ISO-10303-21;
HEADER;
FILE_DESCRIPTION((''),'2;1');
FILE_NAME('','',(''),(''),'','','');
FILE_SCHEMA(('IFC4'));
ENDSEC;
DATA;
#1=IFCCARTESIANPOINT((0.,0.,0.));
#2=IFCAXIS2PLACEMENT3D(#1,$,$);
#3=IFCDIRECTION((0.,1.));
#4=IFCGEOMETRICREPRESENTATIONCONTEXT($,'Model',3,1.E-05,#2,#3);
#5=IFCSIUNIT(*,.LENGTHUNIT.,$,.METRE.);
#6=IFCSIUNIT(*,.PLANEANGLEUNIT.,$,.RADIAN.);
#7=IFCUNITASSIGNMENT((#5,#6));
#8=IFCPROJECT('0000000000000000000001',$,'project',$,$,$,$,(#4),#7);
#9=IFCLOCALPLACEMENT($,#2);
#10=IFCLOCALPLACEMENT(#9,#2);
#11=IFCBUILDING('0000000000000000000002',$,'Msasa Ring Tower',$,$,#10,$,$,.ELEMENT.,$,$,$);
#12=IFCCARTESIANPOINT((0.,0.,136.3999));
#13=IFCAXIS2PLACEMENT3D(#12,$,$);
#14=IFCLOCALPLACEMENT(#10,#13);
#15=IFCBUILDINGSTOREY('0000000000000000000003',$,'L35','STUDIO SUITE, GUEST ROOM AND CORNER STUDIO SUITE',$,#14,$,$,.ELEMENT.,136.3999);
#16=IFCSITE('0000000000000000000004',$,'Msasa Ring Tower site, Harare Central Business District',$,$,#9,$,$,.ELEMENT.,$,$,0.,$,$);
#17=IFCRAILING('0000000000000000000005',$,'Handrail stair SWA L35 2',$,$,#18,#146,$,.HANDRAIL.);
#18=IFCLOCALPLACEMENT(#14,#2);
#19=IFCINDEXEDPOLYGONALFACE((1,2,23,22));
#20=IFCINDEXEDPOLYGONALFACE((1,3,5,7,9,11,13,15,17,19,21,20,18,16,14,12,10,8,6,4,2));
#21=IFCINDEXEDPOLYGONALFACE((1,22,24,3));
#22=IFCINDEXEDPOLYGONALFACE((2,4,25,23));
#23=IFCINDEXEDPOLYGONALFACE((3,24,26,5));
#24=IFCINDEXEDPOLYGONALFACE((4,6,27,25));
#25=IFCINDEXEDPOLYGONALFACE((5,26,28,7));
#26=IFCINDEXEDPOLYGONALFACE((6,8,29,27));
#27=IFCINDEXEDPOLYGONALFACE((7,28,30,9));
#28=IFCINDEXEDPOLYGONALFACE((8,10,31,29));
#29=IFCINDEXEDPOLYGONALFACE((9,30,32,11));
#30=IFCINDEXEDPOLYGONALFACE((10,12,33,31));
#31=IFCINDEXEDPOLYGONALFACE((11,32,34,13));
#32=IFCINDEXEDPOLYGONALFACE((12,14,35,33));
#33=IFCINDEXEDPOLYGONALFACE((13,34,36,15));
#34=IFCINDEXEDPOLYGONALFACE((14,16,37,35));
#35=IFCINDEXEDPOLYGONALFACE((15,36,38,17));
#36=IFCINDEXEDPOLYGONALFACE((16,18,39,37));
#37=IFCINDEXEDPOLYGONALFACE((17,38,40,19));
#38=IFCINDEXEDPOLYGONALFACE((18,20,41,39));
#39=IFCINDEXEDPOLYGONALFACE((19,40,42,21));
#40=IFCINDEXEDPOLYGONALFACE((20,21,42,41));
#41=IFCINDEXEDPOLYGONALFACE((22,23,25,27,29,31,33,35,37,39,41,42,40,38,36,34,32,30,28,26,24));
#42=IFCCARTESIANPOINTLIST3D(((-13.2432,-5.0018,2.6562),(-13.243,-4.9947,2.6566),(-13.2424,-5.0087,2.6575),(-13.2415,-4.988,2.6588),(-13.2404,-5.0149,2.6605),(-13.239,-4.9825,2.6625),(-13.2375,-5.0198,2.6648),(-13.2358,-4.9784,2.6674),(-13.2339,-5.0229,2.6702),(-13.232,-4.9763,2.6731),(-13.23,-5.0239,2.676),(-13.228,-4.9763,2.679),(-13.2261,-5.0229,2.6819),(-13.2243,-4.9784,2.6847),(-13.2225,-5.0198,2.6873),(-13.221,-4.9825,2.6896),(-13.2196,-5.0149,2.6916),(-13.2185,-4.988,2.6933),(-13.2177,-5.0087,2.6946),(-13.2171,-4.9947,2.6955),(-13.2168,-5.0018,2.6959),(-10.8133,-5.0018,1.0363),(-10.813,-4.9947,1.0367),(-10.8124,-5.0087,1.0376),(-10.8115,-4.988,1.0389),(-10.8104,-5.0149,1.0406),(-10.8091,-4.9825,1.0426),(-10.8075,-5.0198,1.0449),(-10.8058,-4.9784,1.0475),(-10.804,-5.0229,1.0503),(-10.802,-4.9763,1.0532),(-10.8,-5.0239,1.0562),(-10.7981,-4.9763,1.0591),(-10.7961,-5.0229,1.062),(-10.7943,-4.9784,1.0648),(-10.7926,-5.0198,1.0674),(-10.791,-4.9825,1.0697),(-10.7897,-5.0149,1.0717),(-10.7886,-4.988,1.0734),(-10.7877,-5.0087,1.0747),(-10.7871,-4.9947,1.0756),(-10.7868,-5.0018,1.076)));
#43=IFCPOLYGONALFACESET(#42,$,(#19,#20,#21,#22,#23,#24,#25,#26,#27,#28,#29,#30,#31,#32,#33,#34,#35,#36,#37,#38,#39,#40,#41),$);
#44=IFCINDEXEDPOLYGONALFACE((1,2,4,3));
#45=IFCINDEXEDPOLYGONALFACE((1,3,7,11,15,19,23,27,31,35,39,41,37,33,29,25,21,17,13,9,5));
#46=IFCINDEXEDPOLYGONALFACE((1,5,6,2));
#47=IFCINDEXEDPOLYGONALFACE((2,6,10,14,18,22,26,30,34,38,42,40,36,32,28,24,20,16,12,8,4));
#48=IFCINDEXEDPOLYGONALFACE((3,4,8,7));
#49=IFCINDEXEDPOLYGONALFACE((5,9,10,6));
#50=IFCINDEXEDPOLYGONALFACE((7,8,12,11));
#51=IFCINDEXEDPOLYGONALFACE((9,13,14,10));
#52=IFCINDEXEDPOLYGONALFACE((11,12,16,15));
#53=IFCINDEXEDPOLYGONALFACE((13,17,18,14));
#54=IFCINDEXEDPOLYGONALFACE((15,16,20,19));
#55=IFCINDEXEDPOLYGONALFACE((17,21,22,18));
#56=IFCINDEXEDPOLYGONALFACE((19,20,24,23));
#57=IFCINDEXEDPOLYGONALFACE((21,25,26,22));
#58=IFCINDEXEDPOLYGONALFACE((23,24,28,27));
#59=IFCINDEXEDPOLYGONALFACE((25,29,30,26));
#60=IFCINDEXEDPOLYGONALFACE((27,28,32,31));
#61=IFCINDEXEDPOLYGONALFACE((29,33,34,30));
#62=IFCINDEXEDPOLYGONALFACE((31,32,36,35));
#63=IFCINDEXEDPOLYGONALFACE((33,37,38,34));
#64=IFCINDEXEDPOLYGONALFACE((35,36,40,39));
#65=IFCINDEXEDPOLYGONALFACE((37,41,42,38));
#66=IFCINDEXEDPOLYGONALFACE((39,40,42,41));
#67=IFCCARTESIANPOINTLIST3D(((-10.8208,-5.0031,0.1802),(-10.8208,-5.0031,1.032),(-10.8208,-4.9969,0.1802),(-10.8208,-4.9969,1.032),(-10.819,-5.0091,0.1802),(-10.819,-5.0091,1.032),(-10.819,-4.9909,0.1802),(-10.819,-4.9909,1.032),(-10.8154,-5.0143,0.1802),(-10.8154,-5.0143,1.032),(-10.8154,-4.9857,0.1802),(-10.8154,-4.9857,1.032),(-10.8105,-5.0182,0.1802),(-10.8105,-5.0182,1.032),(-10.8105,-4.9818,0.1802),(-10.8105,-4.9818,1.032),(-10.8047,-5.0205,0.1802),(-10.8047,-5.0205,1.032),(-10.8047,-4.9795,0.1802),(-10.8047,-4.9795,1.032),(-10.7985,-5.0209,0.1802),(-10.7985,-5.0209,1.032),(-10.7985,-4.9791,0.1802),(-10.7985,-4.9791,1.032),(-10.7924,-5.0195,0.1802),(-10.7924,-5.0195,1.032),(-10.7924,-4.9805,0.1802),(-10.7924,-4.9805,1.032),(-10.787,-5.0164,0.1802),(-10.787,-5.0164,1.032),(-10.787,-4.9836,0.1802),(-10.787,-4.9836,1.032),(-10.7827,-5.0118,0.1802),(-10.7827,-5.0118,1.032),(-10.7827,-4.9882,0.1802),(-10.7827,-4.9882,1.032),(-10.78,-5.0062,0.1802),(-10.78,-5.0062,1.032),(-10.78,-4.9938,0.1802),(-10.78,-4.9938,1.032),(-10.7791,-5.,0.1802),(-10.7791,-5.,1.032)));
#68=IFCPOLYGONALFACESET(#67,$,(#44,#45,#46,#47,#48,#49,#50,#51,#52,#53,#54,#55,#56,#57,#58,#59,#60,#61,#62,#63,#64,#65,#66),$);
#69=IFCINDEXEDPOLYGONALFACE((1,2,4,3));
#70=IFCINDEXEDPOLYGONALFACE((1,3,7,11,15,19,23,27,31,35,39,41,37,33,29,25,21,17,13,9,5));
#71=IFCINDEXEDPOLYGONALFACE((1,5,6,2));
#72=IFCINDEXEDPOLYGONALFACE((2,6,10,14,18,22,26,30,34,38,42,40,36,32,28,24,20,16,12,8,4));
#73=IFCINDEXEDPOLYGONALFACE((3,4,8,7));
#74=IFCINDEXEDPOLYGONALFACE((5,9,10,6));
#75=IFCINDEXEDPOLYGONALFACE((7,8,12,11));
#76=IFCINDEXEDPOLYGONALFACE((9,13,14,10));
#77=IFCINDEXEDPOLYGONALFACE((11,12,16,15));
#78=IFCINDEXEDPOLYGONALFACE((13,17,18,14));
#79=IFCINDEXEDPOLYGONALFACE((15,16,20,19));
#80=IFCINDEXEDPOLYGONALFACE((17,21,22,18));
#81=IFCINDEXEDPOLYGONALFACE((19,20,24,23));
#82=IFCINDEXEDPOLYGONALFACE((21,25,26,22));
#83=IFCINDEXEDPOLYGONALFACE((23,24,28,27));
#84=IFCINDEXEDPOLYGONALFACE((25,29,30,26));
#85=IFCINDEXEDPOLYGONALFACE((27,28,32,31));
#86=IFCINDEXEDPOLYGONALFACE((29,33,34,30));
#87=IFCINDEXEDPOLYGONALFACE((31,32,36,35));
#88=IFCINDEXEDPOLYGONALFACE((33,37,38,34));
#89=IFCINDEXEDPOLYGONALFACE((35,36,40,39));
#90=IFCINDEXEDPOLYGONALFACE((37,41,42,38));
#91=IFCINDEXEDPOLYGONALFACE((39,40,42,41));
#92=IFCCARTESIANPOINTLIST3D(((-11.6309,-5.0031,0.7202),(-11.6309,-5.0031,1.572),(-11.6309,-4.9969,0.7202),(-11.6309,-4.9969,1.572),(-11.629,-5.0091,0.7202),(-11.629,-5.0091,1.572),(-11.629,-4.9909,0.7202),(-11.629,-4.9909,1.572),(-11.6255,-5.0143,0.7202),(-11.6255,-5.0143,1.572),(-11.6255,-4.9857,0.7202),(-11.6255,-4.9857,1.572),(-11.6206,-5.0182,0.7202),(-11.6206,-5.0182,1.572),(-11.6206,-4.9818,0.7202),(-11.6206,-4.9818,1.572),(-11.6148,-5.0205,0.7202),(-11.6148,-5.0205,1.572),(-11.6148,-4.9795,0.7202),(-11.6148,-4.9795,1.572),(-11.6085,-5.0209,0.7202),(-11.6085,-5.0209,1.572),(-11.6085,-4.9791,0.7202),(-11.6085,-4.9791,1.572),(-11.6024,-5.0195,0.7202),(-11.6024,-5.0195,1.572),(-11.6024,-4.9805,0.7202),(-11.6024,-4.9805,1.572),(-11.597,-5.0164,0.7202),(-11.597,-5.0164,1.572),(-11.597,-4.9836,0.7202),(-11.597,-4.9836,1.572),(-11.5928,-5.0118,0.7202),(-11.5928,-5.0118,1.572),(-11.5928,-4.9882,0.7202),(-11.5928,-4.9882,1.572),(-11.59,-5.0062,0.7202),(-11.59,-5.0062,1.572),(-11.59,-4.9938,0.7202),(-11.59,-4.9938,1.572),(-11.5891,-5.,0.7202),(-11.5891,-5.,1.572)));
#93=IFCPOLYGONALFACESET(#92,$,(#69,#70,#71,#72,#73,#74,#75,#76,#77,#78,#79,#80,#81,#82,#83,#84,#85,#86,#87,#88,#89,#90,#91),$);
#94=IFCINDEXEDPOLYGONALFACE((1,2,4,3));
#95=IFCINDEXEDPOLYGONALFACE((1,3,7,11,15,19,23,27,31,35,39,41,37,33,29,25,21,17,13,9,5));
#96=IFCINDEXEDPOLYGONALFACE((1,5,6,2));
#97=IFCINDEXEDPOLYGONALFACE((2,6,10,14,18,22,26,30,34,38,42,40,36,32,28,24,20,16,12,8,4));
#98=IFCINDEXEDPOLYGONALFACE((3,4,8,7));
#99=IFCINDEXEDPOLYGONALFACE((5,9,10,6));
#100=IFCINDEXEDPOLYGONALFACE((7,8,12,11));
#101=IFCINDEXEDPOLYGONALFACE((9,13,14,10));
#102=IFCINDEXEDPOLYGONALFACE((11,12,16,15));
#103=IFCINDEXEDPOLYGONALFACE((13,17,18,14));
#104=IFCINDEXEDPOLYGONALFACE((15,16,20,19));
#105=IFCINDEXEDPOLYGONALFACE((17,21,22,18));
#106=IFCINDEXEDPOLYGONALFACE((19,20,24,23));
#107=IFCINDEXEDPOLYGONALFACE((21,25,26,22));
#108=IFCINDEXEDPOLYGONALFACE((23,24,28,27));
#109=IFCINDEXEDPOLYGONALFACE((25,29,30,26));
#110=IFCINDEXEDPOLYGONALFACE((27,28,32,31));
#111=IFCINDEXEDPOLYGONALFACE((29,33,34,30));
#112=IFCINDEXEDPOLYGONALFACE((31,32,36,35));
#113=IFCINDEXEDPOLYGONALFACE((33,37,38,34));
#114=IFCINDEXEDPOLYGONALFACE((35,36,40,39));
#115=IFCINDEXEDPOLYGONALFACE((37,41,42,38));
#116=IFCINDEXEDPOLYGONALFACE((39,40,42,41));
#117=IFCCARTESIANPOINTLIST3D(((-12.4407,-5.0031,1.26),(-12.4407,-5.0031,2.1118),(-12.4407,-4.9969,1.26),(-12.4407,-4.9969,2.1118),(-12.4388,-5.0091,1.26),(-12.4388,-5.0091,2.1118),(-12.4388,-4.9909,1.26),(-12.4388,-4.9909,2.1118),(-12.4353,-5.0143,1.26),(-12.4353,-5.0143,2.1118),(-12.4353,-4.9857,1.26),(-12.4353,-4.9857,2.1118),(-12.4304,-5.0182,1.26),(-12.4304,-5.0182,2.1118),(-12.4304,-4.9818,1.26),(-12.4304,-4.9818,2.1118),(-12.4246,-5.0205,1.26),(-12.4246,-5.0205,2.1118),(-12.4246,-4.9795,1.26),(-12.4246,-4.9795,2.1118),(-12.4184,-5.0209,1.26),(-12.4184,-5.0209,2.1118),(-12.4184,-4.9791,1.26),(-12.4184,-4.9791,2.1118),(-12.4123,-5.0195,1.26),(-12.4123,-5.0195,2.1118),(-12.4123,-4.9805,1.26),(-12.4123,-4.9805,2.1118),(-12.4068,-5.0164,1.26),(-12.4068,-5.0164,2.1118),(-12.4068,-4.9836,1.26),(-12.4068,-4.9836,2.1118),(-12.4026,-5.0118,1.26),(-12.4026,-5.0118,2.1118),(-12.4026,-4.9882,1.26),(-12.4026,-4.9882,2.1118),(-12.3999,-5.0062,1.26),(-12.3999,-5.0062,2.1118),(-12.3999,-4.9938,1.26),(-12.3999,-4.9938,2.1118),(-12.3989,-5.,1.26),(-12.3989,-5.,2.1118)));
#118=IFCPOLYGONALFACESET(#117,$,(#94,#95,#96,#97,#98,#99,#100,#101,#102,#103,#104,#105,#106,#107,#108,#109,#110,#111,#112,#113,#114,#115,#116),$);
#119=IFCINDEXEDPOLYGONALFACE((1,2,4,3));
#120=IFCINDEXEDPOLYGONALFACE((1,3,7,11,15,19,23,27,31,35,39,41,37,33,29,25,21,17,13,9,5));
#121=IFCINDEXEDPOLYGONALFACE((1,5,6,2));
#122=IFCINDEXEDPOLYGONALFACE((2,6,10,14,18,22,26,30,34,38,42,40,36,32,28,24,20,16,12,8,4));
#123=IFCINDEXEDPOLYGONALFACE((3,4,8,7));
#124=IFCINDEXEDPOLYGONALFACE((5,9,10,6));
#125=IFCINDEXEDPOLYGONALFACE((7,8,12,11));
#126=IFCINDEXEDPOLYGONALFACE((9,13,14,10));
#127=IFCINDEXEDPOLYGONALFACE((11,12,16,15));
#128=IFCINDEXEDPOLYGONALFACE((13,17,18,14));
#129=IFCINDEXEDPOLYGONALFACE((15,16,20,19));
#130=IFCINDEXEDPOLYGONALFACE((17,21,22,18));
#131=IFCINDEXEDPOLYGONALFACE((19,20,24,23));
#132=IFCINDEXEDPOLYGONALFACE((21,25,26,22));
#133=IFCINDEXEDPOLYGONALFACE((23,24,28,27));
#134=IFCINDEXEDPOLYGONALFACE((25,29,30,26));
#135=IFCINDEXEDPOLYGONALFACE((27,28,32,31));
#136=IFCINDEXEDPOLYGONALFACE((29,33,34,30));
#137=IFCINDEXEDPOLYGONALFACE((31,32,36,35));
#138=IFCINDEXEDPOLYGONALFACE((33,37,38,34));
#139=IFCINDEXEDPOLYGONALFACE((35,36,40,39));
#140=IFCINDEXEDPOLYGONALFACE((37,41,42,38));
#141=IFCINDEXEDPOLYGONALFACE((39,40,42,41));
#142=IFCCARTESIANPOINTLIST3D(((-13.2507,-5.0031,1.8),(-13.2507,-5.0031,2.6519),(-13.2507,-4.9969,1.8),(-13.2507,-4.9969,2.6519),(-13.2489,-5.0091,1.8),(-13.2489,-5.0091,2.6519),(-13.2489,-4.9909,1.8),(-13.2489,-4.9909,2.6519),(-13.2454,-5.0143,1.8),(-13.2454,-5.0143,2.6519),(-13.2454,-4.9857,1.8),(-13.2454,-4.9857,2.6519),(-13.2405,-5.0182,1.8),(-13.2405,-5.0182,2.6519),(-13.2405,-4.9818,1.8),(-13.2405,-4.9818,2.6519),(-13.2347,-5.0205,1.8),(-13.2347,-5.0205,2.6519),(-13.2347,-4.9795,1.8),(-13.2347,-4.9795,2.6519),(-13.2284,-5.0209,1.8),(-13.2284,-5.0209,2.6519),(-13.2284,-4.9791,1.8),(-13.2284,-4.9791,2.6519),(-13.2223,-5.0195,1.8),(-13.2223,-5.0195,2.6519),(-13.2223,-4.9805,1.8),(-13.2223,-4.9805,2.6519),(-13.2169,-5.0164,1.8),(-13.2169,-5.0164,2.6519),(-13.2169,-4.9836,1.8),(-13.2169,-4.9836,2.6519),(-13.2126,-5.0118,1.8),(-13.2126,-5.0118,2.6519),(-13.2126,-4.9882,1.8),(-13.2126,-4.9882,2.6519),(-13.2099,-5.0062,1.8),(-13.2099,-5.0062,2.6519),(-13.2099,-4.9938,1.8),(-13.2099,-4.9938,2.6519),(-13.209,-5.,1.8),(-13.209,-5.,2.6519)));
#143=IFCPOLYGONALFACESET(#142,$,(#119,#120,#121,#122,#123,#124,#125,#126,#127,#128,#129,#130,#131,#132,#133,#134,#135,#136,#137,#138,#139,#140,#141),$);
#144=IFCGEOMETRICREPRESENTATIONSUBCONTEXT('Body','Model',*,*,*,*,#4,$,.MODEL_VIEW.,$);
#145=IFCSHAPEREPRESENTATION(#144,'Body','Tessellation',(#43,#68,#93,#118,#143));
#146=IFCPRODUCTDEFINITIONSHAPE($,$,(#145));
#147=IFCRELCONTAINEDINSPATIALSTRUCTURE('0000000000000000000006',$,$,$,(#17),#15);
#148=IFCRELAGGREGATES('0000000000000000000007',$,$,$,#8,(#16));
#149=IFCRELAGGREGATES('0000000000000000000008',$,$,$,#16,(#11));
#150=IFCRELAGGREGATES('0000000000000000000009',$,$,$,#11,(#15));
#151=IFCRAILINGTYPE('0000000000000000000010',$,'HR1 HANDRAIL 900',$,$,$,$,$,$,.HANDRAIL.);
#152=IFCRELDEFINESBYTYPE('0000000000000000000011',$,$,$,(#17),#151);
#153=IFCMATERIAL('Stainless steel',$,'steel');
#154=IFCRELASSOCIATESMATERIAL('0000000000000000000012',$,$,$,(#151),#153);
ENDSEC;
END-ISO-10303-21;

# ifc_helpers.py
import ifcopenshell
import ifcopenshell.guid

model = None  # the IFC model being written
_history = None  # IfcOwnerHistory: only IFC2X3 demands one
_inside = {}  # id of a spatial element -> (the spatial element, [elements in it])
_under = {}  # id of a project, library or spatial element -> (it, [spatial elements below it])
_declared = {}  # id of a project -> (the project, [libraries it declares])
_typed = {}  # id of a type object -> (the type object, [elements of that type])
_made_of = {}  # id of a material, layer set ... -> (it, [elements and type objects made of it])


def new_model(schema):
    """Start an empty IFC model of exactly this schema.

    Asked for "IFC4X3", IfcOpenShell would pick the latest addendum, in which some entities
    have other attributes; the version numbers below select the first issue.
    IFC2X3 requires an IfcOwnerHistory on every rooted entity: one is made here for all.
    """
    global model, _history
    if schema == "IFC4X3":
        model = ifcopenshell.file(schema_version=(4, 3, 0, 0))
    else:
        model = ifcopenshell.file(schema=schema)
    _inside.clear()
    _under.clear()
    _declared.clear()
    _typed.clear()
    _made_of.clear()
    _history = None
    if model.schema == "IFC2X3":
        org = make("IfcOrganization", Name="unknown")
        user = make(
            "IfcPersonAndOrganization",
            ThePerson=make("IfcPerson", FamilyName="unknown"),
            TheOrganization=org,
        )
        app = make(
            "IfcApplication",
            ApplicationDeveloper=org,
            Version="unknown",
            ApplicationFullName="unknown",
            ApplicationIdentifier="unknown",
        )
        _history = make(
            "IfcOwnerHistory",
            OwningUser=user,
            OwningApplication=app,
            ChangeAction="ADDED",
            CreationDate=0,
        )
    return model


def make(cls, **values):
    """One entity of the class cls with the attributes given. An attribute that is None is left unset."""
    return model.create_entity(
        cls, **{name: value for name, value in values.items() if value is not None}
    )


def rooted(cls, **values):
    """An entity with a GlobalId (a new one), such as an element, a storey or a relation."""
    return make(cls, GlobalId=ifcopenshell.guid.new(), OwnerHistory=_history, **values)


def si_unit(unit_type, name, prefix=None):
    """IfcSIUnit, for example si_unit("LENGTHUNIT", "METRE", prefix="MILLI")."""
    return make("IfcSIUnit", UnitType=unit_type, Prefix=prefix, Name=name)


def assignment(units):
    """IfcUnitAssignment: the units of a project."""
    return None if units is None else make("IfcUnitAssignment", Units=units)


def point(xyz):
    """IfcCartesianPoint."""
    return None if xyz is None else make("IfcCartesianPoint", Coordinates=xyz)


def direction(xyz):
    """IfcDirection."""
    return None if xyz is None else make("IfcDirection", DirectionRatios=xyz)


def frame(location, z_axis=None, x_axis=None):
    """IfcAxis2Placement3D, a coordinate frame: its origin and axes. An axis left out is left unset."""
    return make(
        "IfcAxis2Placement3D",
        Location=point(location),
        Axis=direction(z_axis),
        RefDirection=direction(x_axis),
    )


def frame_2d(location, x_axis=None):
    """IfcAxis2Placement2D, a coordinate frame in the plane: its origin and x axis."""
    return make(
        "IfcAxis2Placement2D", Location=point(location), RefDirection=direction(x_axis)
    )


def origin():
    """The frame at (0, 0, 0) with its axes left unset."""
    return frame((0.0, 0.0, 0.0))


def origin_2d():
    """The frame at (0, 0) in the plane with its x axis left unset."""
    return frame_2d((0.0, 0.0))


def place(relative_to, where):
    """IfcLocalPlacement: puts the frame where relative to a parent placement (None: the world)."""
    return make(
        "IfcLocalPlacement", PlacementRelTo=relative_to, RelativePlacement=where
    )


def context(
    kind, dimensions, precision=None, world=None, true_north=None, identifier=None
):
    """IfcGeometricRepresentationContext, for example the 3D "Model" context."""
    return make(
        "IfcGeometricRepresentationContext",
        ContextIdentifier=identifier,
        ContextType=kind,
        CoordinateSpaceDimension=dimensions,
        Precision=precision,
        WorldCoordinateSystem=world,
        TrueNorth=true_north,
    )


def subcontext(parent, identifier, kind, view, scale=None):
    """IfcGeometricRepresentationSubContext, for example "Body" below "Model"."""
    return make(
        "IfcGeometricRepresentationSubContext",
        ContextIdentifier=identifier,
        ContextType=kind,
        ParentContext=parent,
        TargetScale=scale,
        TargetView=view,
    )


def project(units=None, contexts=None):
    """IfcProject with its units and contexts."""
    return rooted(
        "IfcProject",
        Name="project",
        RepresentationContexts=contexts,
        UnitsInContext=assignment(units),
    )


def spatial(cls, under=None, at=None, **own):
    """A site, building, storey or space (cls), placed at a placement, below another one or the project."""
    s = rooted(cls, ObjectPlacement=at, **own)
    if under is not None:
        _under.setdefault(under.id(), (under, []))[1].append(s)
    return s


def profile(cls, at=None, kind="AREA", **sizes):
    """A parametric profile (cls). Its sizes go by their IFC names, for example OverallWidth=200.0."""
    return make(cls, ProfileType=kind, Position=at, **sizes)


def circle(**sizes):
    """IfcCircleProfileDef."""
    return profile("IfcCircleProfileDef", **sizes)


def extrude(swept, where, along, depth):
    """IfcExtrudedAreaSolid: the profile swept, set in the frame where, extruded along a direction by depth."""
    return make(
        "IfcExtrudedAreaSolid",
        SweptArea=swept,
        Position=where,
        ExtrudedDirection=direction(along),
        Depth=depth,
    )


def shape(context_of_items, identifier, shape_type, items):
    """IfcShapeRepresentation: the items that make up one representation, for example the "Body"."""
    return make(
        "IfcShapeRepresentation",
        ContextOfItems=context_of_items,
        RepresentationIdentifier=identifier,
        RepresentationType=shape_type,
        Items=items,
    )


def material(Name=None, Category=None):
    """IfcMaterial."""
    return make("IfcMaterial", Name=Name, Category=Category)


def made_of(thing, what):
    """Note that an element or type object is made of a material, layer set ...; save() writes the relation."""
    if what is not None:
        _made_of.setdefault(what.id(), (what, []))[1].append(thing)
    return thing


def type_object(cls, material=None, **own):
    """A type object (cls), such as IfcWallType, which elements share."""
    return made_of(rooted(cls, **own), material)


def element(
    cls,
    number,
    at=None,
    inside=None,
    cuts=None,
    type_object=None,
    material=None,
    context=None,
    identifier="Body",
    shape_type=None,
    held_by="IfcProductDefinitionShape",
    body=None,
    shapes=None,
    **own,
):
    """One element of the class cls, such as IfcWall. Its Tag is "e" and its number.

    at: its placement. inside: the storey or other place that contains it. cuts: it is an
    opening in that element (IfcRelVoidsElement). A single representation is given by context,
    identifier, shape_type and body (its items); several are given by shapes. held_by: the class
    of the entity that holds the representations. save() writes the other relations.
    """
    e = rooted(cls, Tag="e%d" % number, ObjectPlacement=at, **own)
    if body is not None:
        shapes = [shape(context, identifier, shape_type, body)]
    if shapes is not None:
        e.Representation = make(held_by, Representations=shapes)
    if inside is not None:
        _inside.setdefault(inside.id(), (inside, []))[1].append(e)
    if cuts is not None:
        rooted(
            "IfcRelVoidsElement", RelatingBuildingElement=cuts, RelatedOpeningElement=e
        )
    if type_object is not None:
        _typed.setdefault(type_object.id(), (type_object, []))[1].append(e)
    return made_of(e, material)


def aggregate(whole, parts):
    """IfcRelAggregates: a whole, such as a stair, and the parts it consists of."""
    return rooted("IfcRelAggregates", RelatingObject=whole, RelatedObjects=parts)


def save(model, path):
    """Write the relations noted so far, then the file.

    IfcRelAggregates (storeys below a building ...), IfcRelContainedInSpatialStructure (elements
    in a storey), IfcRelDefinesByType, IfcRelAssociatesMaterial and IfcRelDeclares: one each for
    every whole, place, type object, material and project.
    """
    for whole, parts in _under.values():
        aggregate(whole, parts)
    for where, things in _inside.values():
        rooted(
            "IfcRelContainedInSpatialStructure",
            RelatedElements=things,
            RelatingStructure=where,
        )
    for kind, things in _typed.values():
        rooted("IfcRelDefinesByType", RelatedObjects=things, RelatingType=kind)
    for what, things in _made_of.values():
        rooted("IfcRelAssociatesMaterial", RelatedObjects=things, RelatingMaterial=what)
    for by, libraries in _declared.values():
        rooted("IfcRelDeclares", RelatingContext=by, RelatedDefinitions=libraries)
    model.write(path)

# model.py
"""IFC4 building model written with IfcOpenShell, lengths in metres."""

from ifc_helpers import new_model, si_unit, direction, frame, origin, origin_2d, place, context, subcontext, project, spatial, circle, extrude, material, type_object, element, save


model = new_model("IFC4")

# Units and contexts
model_context = context("Model", 3, precision=1e-05, world=origin(), true_north=direction((0.0, 1.0)))
body_context = subcontext(model_context, "Body", "Model", "MODEL_VIEW")
ifc_project = project(units=[si_unit("LENGTHUNIT", "METRE"), si_unit("PLANEANGLEUNIT", "RADIAN")], contexts=[model_context])

# Site, building, storey
site_placement = place(None, origin())
site = spatial("IfcSite", under=ifc_project, at=site_placement, Name="Msasa Ring Tower site, Harare Central Business District", CompositionType="ELEMENT", RefElevation=0.0)
building_placement = place(site_placement, origin())
building = spatial("IfcBuilding", under=site, at=building_placement, Name="Msasa Ring Tower", CompositionType="ELEMENT")
storey_placement = place(building_placement, frame((0.0, 0.0, 136.3999)))
storey = spatial("IfcBuildingStorey", under=building, at=storey_placement, Name="L35", Description="STUDIO SUITE, GUEST ROOM AND CORNER STUDIO SUITE", CompositionType="ELEMENT", Elevation=136.3999)

# Railing
ifc_material_1 = material(Name="Stainless steel", Category="steel")
railing_type = type_object("IfcRailingType", Name="HR1 HANDRAIL 900", PredefinedType="HANDRAIL", material=ifc_material_1)
for number, where, name in (
    (1, (-10.8, -5.0, 0.1802), "Handrail stair SWA L35 2"),
):
    element("IfcRailing", number, at=place(storey_placement, frame(where)), inside=storey, type_object=railing_type, Name=name, PredefinedType="HANDRAIL", context=body_context, shape_type="SweptSolid", body=[
        extrude(circle(Radius=0.0239, at=origin_2d()), frame((0.0, 0.0, 0.876), z_axis=(-0.832063, 0.0, 0.554681), x_axis=(0.0, -1.0, 0.0)), (0.0, 0.0, 1.0), 2.9204),
        extrude(circle(Radius=0.021, at=origin_2d()), origin(), (0.0, 0.0, 1.0), 0.8518),
        extrude(circle(Radius=0.021, at=origin_2d()), frame((-0.8101, 0.0, 0.54)), (0.0, 0.0, 1.0), 0.8518),
        extrude(circle(Radius=0.021, at=origin_2d()), frame((-1.6199, 0.0, 1.0798)), (0.0, 0.0, 1.0), 0.8518),
        extrude(circle(Radius=0.021, at=origin_2d()), frame((-2.4299, 0.0, 1.6199)), (0.0, 0.0, 1.0), 0.8518),
    ])

save(model, "model.ifc")
